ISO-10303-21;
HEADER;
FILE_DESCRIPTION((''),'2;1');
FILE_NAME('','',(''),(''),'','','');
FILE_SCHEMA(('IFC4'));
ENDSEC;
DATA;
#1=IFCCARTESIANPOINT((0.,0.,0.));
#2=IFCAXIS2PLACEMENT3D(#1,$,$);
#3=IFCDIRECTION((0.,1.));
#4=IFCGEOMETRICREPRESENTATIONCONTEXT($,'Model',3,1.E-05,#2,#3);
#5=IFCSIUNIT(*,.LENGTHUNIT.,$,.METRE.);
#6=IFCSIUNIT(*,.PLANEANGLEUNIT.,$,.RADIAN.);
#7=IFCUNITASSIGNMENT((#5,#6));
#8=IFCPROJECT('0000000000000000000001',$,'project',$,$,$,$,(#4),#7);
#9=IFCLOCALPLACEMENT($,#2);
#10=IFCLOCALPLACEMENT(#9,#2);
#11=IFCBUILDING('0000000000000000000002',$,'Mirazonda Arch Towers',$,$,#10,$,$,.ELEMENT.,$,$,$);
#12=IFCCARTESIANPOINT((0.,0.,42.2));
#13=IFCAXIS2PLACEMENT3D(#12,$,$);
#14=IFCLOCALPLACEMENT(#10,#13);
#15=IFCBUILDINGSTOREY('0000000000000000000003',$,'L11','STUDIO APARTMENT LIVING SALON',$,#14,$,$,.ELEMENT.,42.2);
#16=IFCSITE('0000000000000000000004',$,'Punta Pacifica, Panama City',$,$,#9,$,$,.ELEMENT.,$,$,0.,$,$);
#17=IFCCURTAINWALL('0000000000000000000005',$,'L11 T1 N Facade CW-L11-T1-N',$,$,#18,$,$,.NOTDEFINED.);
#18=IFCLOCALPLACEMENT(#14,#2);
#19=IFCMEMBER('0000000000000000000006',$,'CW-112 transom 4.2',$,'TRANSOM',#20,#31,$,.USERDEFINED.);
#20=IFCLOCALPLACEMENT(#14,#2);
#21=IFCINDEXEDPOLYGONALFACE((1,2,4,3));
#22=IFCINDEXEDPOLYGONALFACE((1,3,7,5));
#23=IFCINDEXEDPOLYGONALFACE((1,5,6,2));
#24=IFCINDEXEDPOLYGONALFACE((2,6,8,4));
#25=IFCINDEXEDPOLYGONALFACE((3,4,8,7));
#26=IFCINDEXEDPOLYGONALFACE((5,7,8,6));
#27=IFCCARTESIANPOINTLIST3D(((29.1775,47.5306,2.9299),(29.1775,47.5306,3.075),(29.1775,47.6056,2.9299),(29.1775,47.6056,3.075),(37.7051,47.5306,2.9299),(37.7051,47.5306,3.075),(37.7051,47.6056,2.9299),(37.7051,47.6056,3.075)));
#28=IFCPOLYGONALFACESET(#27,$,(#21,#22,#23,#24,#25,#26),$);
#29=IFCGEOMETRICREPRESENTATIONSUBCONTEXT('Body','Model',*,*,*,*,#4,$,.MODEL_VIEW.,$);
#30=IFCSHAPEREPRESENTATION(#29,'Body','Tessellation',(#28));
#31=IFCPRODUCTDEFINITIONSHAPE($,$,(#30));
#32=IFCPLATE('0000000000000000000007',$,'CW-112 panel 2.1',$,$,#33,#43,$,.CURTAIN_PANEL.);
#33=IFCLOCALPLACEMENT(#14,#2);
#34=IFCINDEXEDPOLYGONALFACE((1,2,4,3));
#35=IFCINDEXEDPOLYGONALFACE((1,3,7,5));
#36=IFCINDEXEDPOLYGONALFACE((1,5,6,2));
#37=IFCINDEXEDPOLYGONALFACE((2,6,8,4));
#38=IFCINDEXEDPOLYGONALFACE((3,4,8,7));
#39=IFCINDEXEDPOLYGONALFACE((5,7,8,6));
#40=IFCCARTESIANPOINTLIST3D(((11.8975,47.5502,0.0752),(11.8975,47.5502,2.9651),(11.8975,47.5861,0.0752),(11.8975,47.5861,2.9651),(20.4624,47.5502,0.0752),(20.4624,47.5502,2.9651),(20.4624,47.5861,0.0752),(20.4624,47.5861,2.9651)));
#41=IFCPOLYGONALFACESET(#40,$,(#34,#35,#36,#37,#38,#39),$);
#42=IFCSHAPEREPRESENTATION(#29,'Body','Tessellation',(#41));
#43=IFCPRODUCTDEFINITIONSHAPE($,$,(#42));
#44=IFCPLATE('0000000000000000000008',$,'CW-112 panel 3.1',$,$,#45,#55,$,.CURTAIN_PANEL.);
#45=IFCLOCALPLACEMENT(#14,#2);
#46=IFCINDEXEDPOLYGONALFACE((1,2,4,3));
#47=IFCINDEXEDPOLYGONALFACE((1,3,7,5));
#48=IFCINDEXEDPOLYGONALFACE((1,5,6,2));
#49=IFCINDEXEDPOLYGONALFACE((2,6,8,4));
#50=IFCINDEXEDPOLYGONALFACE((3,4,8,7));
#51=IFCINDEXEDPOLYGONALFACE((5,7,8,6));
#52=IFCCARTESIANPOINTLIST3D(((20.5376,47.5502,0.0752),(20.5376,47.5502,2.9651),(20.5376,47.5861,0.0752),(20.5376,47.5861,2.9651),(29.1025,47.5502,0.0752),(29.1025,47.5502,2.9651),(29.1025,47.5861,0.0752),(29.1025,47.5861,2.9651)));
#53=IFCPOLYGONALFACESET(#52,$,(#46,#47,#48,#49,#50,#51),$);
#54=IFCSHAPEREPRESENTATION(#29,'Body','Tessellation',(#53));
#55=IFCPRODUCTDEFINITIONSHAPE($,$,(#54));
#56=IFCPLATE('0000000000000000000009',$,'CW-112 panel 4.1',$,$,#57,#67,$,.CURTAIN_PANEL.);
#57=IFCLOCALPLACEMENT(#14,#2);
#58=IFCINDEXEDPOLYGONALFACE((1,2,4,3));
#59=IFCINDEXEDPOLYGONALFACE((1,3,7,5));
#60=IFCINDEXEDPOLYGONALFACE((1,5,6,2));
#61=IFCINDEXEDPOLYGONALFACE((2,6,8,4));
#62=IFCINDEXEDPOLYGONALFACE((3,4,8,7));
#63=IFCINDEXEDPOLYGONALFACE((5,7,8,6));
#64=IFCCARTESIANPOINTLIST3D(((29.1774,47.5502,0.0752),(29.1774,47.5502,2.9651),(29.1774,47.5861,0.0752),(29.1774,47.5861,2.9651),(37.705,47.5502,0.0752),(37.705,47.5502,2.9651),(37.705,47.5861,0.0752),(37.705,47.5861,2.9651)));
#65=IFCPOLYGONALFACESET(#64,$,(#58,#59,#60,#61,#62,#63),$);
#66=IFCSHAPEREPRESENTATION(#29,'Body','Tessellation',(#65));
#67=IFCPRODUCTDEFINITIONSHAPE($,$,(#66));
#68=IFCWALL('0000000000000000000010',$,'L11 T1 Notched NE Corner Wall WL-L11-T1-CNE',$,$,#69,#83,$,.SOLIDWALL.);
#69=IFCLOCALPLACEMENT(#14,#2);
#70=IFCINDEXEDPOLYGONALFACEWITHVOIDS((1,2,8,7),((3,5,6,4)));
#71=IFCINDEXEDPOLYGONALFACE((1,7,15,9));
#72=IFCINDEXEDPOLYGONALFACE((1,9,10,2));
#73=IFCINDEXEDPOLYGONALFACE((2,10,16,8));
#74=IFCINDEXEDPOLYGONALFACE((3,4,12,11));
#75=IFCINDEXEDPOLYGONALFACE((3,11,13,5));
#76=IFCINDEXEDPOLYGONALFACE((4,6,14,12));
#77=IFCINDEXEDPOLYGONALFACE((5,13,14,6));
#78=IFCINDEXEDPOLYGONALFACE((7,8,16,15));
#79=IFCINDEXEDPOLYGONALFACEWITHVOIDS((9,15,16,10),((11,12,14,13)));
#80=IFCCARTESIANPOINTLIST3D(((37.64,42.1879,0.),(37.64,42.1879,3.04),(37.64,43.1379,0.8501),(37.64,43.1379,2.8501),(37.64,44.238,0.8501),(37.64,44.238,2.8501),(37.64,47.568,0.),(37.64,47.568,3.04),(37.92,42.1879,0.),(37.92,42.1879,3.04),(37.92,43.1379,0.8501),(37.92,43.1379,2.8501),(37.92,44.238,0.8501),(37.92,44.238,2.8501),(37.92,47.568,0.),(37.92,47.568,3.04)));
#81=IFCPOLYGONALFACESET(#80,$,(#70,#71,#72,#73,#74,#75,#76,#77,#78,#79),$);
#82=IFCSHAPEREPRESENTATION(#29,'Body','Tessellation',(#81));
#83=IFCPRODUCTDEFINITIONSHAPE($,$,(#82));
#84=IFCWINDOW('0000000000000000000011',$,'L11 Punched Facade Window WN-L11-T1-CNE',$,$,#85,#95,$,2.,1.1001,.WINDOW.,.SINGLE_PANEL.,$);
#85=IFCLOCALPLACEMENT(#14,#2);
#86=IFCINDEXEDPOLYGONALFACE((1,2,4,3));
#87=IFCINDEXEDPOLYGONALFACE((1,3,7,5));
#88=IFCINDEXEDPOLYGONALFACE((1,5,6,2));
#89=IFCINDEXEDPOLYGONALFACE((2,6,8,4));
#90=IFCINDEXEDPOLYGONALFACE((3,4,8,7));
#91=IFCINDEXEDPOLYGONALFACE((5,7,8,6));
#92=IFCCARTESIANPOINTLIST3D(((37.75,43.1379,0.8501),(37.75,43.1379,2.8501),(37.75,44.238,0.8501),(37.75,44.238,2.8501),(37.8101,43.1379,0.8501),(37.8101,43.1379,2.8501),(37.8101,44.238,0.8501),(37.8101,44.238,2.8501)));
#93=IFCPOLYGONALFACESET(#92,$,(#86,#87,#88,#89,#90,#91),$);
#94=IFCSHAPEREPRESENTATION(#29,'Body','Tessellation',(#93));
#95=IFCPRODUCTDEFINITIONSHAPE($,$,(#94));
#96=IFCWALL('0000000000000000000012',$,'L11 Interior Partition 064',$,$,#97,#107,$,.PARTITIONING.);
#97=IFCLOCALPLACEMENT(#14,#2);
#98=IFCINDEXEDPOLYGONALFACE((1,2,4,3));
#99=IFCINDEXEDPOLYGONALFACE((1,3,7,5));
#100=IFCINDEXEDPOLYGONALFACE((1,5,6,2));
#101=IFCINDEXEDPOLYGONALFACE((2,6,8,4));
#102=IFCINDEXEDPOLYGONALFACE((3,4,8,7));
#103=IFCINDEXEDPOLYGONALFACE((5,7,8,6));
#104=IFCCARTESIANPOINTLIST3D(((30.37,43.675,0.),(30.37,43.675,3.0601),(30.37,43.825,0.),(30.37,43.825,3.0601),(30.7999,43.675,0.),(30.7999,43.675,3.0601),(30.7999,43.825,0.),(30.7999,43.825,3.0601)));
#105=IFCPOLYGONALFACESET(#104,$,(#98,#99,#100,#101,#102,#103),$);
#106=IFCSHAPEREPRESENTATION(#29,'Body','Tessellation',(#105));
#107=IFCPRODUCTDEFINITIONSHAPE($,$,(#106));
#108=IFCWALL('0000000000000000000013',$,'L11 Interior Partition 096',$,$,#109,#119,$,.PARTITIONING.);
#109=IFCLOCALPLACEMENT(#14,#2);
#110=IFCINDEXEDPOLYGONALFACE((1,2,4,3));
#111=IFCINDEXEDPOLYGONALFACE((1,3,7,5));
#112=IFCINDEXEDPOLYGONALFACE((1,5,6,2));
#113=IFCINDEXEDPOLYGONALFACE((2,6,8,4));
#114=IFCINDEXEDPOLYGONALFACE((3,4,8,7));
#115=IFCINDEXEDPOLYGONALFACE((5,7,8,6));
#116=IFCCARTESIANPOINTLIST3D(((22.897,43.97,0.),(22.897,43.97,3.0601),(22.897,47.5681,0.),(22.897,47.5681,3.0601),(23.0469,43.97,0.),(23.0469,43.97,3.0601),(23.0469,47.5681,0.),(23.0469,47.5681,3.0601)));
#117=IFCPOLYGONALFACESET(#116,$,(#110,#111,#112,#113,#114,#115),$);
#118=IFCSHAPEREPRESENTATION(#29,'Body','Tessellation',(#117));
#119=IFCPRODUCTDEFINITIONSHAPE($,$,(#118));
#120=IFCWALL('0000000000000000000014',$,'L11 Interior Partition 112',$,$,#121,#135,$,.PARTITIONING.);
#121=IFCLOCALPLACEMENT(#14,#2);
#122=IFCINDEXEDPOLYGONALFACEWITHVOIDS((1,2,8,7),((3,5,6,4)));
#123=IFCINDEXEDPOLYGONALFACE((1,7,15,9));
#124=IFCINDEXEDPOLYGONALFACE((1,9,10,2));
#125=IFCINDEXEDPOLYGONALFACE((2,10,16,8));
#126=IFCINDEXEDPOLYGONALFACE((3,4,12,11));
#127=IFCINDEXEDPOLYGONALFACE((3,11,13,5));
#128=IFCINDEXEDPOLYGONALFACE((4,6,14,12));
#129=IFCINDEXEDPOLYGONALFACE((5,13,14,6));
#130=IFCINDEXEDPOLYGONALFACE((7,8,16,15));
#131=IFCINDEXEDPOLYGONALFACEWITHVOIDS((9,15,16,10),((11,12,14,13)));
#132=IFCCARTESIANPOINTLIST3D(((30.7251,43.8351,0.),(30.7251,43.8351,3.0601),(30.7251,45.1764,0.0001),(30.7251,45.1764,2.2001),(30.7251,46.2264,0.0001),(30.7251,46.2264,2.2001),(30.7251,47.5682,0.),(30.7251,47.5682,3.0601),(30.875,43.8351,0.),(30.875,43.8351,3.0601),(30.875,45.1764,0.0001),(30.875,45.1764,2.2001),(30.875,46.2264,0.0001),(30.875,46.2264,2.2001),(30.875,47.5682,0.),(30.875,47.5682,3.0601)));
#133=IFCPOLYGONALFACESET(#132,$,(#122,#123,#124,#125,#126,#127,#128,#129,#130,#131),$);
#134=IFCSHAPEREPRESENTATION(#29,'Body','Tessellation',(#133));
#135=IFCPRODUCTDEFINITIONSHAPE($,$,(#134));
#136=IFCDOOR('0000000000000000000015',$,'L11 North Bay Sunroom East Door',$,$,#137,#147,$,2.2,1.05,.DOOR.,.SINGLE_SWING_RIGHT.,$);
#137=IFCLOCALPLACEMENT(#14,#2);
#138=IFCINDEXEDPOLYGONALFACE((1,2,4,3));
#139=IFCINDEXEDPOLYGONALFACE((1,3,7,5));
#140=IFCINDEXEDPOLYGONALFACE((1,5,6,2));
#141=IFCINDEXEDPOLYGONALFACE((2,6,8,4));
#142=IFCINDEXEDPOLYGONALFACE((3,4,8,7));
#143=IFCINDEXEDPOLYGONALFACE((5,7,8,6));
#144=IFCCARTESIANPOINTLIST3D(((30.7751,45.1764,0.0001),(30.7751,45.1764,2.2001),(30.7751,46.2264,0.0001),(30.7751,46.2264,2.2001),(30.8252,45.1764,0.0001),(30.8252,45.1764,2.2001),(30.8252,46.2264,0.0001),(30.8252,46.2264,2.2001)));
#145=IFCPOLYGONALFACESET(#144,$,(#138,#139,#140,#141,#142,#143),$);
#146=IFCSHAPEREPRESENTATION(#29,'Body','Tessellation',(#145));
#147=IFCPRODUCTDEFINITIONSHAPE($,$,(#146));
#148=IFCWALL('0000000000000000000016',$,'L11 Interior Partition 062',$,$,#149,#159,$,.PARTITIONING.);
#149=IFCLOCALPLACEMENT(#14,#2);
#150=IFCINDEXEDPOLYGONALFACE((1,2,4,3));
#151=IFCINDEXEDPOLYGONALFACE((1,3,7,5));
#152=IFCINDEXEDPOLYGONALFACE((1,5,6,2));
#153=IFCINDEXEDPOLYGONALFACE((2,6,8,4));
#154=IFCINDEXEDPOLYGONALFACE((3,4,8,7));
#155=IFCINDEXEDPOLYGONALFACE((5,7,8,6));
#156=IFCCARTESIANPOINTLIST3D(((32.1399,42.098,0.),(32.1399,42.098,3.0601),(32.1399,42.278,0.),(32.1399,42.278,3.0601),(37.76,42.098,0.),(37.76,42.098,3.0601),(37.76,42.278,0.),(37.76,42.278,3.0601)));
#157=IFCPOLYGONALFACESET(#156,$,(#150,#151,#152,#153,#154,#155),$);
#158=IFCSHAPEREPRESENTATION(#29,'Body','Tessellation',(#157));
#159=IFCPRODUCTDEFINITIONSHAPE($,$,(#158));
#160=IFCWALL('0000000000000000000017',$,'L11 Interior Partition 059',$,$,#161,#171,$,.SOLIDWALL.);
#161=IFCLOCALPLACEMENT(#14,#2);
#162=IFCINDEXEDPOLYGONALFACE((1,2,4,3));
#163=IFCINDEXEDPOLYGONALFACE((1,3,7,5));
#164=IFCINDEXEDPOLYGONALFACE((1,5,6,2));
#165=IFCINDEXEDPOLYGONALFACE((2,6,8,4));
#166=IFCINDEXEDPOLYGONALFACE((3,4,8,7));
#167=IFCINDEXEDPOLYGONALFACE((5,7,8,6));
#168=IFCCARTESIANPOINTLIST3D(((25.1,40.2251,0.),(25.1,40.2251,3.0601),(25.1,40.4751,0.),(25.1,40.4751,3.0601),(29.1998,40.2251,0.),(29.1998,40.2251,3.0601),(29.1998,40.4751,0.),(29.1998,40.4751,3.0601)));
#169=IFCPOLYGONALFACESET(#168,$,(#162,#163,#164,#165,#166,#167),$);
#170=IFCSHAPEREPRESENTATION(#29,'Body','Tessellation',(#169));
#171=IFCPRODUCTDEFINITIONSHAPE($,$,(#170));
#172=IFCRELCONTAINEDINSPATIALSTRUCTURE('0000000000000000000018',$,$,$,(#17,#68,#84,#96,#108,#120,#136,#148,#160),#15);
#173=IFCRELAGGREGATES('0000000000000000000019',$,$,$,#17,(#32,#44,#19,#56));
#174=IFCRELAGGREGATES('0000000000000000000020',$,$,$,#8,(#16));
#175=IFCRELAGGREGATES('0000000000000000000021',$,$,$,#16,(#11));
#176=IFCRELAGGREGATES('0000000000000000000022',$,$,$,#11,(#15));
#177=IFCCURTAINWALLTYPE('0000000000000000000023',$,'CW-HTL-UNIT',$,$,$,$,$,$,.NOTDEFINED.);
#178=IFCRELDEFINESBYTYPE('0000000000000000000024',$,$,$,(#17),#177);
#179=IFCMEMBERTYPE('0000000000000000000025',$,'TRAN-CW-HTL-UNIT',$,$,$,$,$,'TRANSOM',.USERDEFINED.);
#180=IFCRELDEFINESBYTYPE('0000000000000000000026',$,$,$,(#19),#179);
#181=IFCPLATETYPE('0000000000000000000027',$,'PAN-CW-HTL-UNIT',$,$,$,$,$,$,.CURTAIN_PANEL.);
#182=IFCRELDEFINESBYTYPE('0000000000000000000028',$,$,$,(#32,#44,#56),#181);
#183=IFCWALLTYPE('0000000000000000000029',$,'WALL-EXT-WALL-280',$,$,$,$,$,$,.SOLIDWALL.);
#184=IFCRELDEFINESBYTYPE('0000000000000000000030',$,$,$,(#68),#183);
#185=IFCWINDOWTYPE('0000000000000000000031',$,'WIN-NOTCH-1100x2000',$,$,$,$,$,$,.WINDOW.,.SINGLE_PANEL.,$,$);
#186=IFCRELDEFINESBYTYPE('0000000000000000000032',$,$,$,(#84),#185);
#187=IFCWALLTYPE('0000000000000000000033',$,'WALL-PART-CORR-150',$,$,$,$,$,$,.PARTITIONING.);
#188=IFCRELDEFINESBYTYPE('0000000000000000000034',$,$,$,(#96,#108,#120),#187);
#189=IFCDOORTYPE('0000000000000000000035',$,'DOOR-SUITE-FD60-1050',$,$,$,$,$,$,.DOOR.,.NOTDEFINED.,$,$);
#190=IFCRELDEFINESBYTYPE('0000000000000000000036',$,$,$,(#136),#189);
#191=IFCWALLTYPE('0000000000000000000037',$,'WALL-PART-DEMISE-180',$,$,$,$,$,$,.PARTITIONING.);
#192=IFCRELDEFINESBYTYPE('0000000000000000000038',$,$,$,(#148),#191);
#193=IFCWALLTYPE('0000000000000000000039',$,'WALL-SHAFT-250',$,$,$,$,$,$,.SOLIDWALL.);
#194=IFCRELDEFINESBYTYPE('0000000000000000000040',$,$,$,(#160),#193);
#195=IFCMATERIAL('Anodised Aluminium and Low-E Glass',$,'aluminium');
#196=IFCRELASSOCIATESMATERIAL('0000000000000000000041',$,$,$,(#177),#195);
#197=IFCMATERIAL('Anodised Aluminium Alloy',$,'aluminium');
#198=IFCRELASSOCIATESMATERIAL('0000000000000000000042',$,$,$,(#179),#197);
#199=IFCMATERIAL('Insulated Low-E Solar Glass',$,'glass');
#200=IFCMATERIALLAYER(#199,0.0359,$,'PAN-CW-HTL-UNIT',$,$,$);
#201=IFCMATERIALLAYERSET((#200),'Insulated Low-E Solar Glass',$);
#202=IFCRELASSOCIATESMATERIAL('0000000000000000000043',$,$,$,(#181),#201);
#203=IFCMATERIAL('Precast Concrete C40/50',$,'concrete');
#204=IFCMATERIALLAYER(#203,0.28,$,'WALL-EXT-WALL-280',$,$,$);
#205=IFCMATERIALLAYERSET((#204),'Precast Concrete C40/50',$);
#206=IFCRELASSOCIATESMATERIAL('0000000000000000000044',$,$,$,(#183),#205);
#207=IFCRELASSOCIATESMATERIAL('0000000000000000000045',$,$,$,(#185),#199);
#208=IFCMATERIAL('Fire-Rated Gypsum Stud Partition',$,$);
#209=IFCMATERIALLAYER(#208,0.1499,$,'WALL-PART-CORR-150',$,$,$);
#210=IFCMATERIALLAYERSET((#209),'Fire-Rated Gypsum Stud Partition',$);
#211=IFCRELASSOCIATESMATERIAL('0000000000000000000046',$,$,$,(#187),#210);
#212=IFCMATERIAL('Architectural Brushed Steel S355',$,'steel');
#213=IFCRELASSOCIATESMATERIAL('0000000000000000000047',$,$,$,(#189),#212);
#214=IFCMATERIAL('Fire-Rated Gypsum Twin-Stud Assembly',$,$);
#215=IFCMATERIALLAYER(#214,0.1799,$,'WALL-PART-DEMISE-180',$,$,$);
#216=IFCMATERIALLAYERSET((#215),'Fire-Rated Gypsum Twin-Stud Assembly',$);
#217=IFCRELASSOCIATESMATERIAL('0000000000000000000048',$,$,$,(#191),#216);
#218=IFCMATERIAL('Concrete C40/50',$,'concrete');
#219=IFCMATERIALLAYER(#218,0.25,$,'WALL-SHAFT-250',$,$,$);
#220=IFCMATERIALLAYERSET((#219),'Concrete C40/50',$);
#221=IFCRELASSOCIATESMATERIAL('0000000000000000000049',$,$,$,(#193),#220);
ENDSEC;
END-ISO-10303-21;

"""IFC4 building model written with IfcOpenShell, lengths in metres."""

from ifc_helpers import new_model, si_unit, direction, frame, frame_2d, origin, origin_2d, place, context, subcontext, project, spatial, rectangle, extrude, material, layer, layer_set, material_profile, profile_set, type_object, element, fill, aggregate, save


model = new_model("IFC4")

# Units and contexts
model_context = context("Model", 3, precision=1e-05, world=origin(), true_north=direction((0.0, 1.0)))
body_context = subcontext(model_context, "Body", "Model", "MODEL_VIEW")
ifc_project = project(units=[si_unit("LENGTHUNIT", "METRE"), si_unit("PLANEANGLEUNIT", "RADIAN")], contexts=[model_context])

# Site, building, storey
site_placement = place(None, origin())
site = spatial("IfcSite", under=ifc_project, at=site_placement, Name="Punta Pacifica, Panama City", CompositionType="ELEMENT", RefElevation=0.0)
building_placement = place(site_placement, origin())
building = spatial("IfcBuilding", under=site, at=building_placement, Name="Mirazonda Arch Towers", CompositionType="ELEMENT")
storey_placement = place(building_placement, frame((0.0, 0.0, 42.2)))
storey = spatial("IfcBuildingStorey", under=building, at=storey_placement, Name="L11", Description="STUDIO APARTMENT LIVING SALON", CompositionType="ELEMENT", Elevation=42.2)

# Curtain wall, member, plates
ifc_material_1 = material(Name="Anodised Aluminium and Low-E Glass", Category="aluminium")
curtain_wall_type = type_object("IfcCurtainWallType", Name="CW-HTL-UNIT", PredefinedType="NOTDEFINED", material=ifc_material_1)
curtain_wall_placement = place(storey_placement, origin())
curtain_wall = element("IfcCurtainWall", 1, at=curtain_wall_placement, inside=storey, type_object=curtain_wall_type, Name="L11 T1 N Facade CW-L11-T1-N", PredefinedType="NOTDEFINED")
ifc_material_2 = material(Name="Anodised Aluminium Alloy", Category="aluminium")
ifc_material_profile_1 = material_profile(ifc_material_2, rectangle(XDim=0.075, YDim=0.145, at=origin_2d()), Name="ALU-TRAN-75x145")
ifc_profile_set_1 = profile_set([ifc_material_profile_1], Name="Anodised Aluminium Alloy")
member_type_1 = type_object("IfcMemberType", Name="TRAN-CW-HTL-UNIT", ElementType="TRANSOM", PredefinedType="USERDEFINED", material=ifc_profile_set_1)
member_1_placement = place(storey_placement, frame((29.1775, 47.5681, 3.0024), z_axis=(1.0, 0.0, 0.0), x_axis=(0.0, 1.0, 0.0)))
member_1 = element("IfcMember", 2, at=member_1_placement, type_object=member_type_1, Name="CW-112 transom 4.2", ObjectType="TRANSOM", PredefinedType="USERDEFINED", context=body_context, shape_type="SweptSolid", body=[
    extrude(rectangle(XDim=0.075, YDim=0.145, at=origin_2d()), origin(), (0.0, 0.0, 1.0), 8.5276),
])
ifc_material_3 = material(Name="Insulated Low-E Solar Glass", Category="glass")
ifc_layer_1 = layer(ifc_material_3, 0.0359, Name="PAN-CW-HTL-UNIT")
ifc_layer_set_1 = layer_set([ifc_layer_1], Name="Insulated Low-E Solar Glass")
plate_type = type_object("IfcPlateType", Name="PAN-CW-HTL-UNIT", PredefinedType="CURTAIN_PANEL", material=ifc_layer_set_1)
plate_1_placement = place(storey_placement, frame((16.1799, 47.5681, 0.0752), z_axis=(0.0, 0.0, 1.0), x_axis=(1.0, 0.0, 0.0)))
plate_1 = element("IfcPlate", 3, at=plate_1_placement, type_object=plate_type, Name="CW-112 panel 2.1", PredefinedType="CURTAIN_PANEL", context=body_context, shape_type="SweptSolid", body=[
    extrude(rectangle(XDim=8.5649, YDim=0.0359, at=origin_2d()), origin(), (0.0, 0.0, 1.0), 2.8899),
])
plate_2_placement = place(storey_placement, frame((24.8201, 47.5681, 0.0752), z_axis=(0.0, 0.0, 1.0), x_axis=(1.0, 0.0, 0.0)))
plate_2 = element("IfcPlate", 4, at=plate_2_placement, type_object=plate_type, Name="CW-112 panel 3.1", PredefinedType="CURTAIN_PANEL", context=body_context, shape_type="SweptSolid", body=[
    extrude(rectangle(XDim=8.5649, YDim=0.0359, at=origin_2d()), origin(), (0.0, 0.0, 1.0), 2.8899),
])
plate_3_placement = place(storey_placement, frame((33.4412, 47.5681, 0.0752), z_axis=(0.0, 0.0, 1.0), x_axis=(1.0, 0.0, 0.0)))
plate_3 = element("IfcPlate", 5, at=plate_3_placement, type_object=plate_type, Name="CW-112 panel 4.1", PredefinedType="CURTAIN_PANEL", context=body_context, shape_type="SweptSolid", body=[
    extrude(rectangle(XDim=8.5276, YDim=0.0359, at=origin_2d()), origin(), (0.0, 0.0, 1.0), 2.8899),
])
aggregate(curtain_wall, [plate_1, plate_2, member_1, plate_3])

# Wall, opening, window
ifc_material_4 = material(Name="Precast Concrete C40/50", Category="concrete")
ifc_layer_2 = layer(ifc_material_4, 0.28, Name="WALL-EXT-WALL-280")
ifc_layer_set_2 = layer_set([ifc_layer_2], Name="Precast Concrete C40/50")
wall_type_1 = type_object("IfcWallType", Name="WALL-EXT-WALL-280", PredefinedType="SOLIDWALL", material=ifc_layer_set_2)
wall_1_placement = place(storey_placement, frame((37.78, 42.188, 0.0), z_axis=(0.0, 0.0, 1.0), x_axis=(0.0, 1.0, 0.0)))
wall_1 = element("IfcWall", 6, at=wall_1_placement, inside=storey, type_object=wall_type_1, Name="L11 T1 Notched NE Corner Wall WL-L11-T1-CNE", PredefinedType="SOLIDWALL", context=body_context, shape_type="SweptSolid", body=[
    extrude(rectangle(XDim=5.3801, YDim=0.28, at=frame_2d((2.6899, 0.0))), origin(), (0.0, 0.0, 1.0), 3.04),
])
opening_1_placement = place(wall_1_placement, frame((0.95, 0.0, 0.8501)))
opening_1 = element("IfcOpeningElement", 7, at=opening_1_placement, cuts=wall_1, PredefinedType="OPENING", context=body_context, shape_type="SweptSolid", body=[
    extrude(rectangle(XDim=1.1001, YDim=2.0, at=frame_2d((0.55, 1.0))), frame((0.0, 0.1499, 0.0), z_axis=(0.0, -1.0, 0.0), x_axis=(1.0, 0.0, 0.0)), (0.0, 0.0, 1.0), 0.3),
])
window_type = type_object("IfcWindowType", Name="WIN-NOTCH-1100x2000", PartitioningType="SINGLE_PANEL", PredefinedType="WINDOW", material=ifc_material_3)
window_placement = place(opening_1_placement, origin())
window = element("IfcWindow", 8, at=window_placement, inside=storey, type_object=window_type, Name="L11 Punched Facade Window WN-L11-T1-CNE", OverallHeight=2.0, OverallWidth=1.1001, PartitioningType="SINGLE_PANEL", PredefinedType="WINDOW", context=body_context, shape_type="SweptSolid", body=[
    extrude(rectangle(XDim=1.1001, YDim=2.0, at=frame_2d((0.55, 1.0))), frame((0.0, 0.03, 0.0), z_axis=(0.0, -1.0, 0.0), x_axis=(1.0, 0.0, 0.0)), (0.0, 0.0, 1.0), 0.0601),
])
fill(opening_1, window)

# Walls
ifc_material_5 = material(Name="Fire-Rated Gypsum Stud Partition")
ifc_layer_3 = layer(ifc_material_5, 0.1499, Name="WALL-PART-CORR-150")
ifc_layer_set_3 = layer_set([ifc_layer_3], Name="Fire-Rated Gypsum Stud Partition")
wall_type_2 = type_object("IfcWallType", Name="WALL-PART-CORR-150", PredefinedType="PARTITIONING", material=ifc_layer_set_3)
wall_2_placement = place(storey_placement, frame((30.3701, 43.75, 0.0), z_axis=(0.0, 0.0, 1.0), x_axis=(1.0, 0.0, 0.0)))
element("IfcWall", 9, at=wall_2_placement, inside=storey, type_object=wall_type_2, Name="L11 Interior Partition 064", PredefinedType="PARTITIONING", context=body_context, shape_type="SweptSolid", body=[
    extrude(rectangle(XDim=0.4299, YDim=0.1499, at=frame_2d((0.2148, 0.0))), origin(), (0.0, 0.0, 1.0), 3.0601),
])
wall_3_placement = place(storey_placement, frame((22.9719, 43.97, 0.0), z_axis=(0.0, 0.0, 1.0), x_axis=(0.0, 1.0, 0.0)))
element("IfcWall", 10, at=wall_3_placement, inside=storey, type_object=wall_type_2, Name="L11 Interior Partition 096", PredefinedType="PARTITIONING", context=body_context, shape_type="SweptSolid", body=[
    extrude(rectangle(XDim=3.5981, YDim=0.1499, at=frame_2d((1.7991, 0.0))), origin(), (0.0, 0.0, 1.0), 3.0601),
])

# Wall, opening, door
wall_4_placement = place(storey_placement, frame((30.8, 43.835, 0.0), z_axis=(0.0, 0.0, 1.0), x_axis=(0.0, 1.0, 0.0)))
wall_4 = element("IfcWall", 11, at=wall_4_placement, inside=storey, type_object=wall_type_2, Name="L11 Interior Partition 112", PredefinedType="PARTITIONING", context=body_context, shape_type="SweptSolid", body=[
    extrude(rectangle(XDim=3.7332, YDim=0.1499, at=frame_2d((1.8667, 0.0))), origin(), (0.0, 0.0, 1.0), 3.0601),
])
opening_2_placement = place(wall_4_placement, frame((1.3416, 0.0, 0.0)))
opening_2 = element("IfcOpeningElement", 12, at=opening_2_placement, cuts=wall_4, PredefinedType="OPENING", context=body_context, shape_type="SweptSolid", body=[
    extrude(rectangle(XDim=1.05, YDim=2.2, at=frame_2d((0.5249, 1.1001))), frame((0.0, 0.085, 0.0), z_axis=(0.0, -1.0, 0.0), x_axis=(1.0, 0.0, 0.0)), (0.0, 0.0, 1.0), 0.1699),
])
ifc_material_6 = material(Name="Architectural Brushed Steel S355", Category="steel")
door_type_1 = type_object("IfcDoorType", Name="DOOR-SUITE-FD60-1050", OperationType="NOTDEFINED", PredefinedType="DOOR", material=ifc_material_6)
door_1_placement = place(opening_2_placement, origin())
door_1 = element("IfcDoor", 13, at=door_1_placement, inside=storey, type_object=door_type_1, Name="L11 North Bay Sunroom East Door", OperationType="SINGLE_SWING_RIGHT", OverallHeight=2.2, OverallWidth=1.05, PredefinedType="DOOR", context=body_context, shape_type="SweptSolid", body=[
    extrude(rectangle(XDim=1.05, YDim=2.2, at=frame_2d((0.5249, 1.1001))), frame((0.0, 0.0249, 0.0), z_axis=(0.0, -1.0, 0.0), x_axis=(1.0, 0.0, 0.0)), (0.0, 0.0, 1.0), 0.05),
])
fill(opening_2, door_1)

# Wall
ifc_material_7 = material(Name="Fire-Rated Gypsum Twin-Stud Assembly")
ifc_layer_4 = layer(ifc_material_7, 0.1799, Name="WALL-PART-DEMISE-180")
ifc_layer_set_4 = layer_set([ifc_layer_4], Name="Fire-Rated Gypsum Twin-Stud Assembly")
wall_type_3 = type_object("IfcWallType", Name="WALL-PART-DEMISE-180", PredefinedType="PARTITIONING", material=ifc_layer_set_4)
wall_5_placement = place(storey_placement, frame((32.1399, 42.188, 0.0), z_axis=(0.0, 0.0, 1.0), x_axis=(1.0, 0.0, 0.0)))
element("IfcWall", 14, at=wall_5_placement, inside=storey, type_object=wall_type_3, Name="L11 Interior Partition 062", PredefinedType="PARTITIONING", context=body_context, shape_type="SweptSolid", body=[
    extrude(rectangle(XDim=5.6201, YDim=0.1799, at=frame_2d((2.8101, 0.0))), origin(), (0.0, 0.0, 1.0), 3.0601),
])

# Wall
ifc_material_8 = material(Name="Concrete C40/50", Category="concrete")
ifc_layer_5 = layer(ifc_material_8, 0.25, Name="WALL-SHAFT-250")
ifc_layer_set_5 = layer_set([ifc_layer_5], Name="Concrete C40/50")
wall_type_4 = type_object("IfcWallType", Name="WALL-SHAFT-250", PredefinedType="SOLIDWALL", material=ifc_layer_set_5)
wall_6_placement = place(storey_placement, frame((25.1001, 40.3501, 0.0), z_axis=(0.0, 0.0, 1.0), x_axis=(1.0, 0.0, 0.0)))
element("IfcWall", 15, at=wall_6_placement, inside=storey, type_object=wall_type_4, Name="L11 Interior Partition 059", PredefinedType="SOLIDWALL", context=body_context, shape_type="SweptSolid", body=[
    extrude(rectangle(XDim=4.0999, YDim=0.25, at=frame_2d((2.0498, 0.0))), origin(), (0.0, 0.0, 1.0), 3.0601),
])

save(model, "model.ifc")
